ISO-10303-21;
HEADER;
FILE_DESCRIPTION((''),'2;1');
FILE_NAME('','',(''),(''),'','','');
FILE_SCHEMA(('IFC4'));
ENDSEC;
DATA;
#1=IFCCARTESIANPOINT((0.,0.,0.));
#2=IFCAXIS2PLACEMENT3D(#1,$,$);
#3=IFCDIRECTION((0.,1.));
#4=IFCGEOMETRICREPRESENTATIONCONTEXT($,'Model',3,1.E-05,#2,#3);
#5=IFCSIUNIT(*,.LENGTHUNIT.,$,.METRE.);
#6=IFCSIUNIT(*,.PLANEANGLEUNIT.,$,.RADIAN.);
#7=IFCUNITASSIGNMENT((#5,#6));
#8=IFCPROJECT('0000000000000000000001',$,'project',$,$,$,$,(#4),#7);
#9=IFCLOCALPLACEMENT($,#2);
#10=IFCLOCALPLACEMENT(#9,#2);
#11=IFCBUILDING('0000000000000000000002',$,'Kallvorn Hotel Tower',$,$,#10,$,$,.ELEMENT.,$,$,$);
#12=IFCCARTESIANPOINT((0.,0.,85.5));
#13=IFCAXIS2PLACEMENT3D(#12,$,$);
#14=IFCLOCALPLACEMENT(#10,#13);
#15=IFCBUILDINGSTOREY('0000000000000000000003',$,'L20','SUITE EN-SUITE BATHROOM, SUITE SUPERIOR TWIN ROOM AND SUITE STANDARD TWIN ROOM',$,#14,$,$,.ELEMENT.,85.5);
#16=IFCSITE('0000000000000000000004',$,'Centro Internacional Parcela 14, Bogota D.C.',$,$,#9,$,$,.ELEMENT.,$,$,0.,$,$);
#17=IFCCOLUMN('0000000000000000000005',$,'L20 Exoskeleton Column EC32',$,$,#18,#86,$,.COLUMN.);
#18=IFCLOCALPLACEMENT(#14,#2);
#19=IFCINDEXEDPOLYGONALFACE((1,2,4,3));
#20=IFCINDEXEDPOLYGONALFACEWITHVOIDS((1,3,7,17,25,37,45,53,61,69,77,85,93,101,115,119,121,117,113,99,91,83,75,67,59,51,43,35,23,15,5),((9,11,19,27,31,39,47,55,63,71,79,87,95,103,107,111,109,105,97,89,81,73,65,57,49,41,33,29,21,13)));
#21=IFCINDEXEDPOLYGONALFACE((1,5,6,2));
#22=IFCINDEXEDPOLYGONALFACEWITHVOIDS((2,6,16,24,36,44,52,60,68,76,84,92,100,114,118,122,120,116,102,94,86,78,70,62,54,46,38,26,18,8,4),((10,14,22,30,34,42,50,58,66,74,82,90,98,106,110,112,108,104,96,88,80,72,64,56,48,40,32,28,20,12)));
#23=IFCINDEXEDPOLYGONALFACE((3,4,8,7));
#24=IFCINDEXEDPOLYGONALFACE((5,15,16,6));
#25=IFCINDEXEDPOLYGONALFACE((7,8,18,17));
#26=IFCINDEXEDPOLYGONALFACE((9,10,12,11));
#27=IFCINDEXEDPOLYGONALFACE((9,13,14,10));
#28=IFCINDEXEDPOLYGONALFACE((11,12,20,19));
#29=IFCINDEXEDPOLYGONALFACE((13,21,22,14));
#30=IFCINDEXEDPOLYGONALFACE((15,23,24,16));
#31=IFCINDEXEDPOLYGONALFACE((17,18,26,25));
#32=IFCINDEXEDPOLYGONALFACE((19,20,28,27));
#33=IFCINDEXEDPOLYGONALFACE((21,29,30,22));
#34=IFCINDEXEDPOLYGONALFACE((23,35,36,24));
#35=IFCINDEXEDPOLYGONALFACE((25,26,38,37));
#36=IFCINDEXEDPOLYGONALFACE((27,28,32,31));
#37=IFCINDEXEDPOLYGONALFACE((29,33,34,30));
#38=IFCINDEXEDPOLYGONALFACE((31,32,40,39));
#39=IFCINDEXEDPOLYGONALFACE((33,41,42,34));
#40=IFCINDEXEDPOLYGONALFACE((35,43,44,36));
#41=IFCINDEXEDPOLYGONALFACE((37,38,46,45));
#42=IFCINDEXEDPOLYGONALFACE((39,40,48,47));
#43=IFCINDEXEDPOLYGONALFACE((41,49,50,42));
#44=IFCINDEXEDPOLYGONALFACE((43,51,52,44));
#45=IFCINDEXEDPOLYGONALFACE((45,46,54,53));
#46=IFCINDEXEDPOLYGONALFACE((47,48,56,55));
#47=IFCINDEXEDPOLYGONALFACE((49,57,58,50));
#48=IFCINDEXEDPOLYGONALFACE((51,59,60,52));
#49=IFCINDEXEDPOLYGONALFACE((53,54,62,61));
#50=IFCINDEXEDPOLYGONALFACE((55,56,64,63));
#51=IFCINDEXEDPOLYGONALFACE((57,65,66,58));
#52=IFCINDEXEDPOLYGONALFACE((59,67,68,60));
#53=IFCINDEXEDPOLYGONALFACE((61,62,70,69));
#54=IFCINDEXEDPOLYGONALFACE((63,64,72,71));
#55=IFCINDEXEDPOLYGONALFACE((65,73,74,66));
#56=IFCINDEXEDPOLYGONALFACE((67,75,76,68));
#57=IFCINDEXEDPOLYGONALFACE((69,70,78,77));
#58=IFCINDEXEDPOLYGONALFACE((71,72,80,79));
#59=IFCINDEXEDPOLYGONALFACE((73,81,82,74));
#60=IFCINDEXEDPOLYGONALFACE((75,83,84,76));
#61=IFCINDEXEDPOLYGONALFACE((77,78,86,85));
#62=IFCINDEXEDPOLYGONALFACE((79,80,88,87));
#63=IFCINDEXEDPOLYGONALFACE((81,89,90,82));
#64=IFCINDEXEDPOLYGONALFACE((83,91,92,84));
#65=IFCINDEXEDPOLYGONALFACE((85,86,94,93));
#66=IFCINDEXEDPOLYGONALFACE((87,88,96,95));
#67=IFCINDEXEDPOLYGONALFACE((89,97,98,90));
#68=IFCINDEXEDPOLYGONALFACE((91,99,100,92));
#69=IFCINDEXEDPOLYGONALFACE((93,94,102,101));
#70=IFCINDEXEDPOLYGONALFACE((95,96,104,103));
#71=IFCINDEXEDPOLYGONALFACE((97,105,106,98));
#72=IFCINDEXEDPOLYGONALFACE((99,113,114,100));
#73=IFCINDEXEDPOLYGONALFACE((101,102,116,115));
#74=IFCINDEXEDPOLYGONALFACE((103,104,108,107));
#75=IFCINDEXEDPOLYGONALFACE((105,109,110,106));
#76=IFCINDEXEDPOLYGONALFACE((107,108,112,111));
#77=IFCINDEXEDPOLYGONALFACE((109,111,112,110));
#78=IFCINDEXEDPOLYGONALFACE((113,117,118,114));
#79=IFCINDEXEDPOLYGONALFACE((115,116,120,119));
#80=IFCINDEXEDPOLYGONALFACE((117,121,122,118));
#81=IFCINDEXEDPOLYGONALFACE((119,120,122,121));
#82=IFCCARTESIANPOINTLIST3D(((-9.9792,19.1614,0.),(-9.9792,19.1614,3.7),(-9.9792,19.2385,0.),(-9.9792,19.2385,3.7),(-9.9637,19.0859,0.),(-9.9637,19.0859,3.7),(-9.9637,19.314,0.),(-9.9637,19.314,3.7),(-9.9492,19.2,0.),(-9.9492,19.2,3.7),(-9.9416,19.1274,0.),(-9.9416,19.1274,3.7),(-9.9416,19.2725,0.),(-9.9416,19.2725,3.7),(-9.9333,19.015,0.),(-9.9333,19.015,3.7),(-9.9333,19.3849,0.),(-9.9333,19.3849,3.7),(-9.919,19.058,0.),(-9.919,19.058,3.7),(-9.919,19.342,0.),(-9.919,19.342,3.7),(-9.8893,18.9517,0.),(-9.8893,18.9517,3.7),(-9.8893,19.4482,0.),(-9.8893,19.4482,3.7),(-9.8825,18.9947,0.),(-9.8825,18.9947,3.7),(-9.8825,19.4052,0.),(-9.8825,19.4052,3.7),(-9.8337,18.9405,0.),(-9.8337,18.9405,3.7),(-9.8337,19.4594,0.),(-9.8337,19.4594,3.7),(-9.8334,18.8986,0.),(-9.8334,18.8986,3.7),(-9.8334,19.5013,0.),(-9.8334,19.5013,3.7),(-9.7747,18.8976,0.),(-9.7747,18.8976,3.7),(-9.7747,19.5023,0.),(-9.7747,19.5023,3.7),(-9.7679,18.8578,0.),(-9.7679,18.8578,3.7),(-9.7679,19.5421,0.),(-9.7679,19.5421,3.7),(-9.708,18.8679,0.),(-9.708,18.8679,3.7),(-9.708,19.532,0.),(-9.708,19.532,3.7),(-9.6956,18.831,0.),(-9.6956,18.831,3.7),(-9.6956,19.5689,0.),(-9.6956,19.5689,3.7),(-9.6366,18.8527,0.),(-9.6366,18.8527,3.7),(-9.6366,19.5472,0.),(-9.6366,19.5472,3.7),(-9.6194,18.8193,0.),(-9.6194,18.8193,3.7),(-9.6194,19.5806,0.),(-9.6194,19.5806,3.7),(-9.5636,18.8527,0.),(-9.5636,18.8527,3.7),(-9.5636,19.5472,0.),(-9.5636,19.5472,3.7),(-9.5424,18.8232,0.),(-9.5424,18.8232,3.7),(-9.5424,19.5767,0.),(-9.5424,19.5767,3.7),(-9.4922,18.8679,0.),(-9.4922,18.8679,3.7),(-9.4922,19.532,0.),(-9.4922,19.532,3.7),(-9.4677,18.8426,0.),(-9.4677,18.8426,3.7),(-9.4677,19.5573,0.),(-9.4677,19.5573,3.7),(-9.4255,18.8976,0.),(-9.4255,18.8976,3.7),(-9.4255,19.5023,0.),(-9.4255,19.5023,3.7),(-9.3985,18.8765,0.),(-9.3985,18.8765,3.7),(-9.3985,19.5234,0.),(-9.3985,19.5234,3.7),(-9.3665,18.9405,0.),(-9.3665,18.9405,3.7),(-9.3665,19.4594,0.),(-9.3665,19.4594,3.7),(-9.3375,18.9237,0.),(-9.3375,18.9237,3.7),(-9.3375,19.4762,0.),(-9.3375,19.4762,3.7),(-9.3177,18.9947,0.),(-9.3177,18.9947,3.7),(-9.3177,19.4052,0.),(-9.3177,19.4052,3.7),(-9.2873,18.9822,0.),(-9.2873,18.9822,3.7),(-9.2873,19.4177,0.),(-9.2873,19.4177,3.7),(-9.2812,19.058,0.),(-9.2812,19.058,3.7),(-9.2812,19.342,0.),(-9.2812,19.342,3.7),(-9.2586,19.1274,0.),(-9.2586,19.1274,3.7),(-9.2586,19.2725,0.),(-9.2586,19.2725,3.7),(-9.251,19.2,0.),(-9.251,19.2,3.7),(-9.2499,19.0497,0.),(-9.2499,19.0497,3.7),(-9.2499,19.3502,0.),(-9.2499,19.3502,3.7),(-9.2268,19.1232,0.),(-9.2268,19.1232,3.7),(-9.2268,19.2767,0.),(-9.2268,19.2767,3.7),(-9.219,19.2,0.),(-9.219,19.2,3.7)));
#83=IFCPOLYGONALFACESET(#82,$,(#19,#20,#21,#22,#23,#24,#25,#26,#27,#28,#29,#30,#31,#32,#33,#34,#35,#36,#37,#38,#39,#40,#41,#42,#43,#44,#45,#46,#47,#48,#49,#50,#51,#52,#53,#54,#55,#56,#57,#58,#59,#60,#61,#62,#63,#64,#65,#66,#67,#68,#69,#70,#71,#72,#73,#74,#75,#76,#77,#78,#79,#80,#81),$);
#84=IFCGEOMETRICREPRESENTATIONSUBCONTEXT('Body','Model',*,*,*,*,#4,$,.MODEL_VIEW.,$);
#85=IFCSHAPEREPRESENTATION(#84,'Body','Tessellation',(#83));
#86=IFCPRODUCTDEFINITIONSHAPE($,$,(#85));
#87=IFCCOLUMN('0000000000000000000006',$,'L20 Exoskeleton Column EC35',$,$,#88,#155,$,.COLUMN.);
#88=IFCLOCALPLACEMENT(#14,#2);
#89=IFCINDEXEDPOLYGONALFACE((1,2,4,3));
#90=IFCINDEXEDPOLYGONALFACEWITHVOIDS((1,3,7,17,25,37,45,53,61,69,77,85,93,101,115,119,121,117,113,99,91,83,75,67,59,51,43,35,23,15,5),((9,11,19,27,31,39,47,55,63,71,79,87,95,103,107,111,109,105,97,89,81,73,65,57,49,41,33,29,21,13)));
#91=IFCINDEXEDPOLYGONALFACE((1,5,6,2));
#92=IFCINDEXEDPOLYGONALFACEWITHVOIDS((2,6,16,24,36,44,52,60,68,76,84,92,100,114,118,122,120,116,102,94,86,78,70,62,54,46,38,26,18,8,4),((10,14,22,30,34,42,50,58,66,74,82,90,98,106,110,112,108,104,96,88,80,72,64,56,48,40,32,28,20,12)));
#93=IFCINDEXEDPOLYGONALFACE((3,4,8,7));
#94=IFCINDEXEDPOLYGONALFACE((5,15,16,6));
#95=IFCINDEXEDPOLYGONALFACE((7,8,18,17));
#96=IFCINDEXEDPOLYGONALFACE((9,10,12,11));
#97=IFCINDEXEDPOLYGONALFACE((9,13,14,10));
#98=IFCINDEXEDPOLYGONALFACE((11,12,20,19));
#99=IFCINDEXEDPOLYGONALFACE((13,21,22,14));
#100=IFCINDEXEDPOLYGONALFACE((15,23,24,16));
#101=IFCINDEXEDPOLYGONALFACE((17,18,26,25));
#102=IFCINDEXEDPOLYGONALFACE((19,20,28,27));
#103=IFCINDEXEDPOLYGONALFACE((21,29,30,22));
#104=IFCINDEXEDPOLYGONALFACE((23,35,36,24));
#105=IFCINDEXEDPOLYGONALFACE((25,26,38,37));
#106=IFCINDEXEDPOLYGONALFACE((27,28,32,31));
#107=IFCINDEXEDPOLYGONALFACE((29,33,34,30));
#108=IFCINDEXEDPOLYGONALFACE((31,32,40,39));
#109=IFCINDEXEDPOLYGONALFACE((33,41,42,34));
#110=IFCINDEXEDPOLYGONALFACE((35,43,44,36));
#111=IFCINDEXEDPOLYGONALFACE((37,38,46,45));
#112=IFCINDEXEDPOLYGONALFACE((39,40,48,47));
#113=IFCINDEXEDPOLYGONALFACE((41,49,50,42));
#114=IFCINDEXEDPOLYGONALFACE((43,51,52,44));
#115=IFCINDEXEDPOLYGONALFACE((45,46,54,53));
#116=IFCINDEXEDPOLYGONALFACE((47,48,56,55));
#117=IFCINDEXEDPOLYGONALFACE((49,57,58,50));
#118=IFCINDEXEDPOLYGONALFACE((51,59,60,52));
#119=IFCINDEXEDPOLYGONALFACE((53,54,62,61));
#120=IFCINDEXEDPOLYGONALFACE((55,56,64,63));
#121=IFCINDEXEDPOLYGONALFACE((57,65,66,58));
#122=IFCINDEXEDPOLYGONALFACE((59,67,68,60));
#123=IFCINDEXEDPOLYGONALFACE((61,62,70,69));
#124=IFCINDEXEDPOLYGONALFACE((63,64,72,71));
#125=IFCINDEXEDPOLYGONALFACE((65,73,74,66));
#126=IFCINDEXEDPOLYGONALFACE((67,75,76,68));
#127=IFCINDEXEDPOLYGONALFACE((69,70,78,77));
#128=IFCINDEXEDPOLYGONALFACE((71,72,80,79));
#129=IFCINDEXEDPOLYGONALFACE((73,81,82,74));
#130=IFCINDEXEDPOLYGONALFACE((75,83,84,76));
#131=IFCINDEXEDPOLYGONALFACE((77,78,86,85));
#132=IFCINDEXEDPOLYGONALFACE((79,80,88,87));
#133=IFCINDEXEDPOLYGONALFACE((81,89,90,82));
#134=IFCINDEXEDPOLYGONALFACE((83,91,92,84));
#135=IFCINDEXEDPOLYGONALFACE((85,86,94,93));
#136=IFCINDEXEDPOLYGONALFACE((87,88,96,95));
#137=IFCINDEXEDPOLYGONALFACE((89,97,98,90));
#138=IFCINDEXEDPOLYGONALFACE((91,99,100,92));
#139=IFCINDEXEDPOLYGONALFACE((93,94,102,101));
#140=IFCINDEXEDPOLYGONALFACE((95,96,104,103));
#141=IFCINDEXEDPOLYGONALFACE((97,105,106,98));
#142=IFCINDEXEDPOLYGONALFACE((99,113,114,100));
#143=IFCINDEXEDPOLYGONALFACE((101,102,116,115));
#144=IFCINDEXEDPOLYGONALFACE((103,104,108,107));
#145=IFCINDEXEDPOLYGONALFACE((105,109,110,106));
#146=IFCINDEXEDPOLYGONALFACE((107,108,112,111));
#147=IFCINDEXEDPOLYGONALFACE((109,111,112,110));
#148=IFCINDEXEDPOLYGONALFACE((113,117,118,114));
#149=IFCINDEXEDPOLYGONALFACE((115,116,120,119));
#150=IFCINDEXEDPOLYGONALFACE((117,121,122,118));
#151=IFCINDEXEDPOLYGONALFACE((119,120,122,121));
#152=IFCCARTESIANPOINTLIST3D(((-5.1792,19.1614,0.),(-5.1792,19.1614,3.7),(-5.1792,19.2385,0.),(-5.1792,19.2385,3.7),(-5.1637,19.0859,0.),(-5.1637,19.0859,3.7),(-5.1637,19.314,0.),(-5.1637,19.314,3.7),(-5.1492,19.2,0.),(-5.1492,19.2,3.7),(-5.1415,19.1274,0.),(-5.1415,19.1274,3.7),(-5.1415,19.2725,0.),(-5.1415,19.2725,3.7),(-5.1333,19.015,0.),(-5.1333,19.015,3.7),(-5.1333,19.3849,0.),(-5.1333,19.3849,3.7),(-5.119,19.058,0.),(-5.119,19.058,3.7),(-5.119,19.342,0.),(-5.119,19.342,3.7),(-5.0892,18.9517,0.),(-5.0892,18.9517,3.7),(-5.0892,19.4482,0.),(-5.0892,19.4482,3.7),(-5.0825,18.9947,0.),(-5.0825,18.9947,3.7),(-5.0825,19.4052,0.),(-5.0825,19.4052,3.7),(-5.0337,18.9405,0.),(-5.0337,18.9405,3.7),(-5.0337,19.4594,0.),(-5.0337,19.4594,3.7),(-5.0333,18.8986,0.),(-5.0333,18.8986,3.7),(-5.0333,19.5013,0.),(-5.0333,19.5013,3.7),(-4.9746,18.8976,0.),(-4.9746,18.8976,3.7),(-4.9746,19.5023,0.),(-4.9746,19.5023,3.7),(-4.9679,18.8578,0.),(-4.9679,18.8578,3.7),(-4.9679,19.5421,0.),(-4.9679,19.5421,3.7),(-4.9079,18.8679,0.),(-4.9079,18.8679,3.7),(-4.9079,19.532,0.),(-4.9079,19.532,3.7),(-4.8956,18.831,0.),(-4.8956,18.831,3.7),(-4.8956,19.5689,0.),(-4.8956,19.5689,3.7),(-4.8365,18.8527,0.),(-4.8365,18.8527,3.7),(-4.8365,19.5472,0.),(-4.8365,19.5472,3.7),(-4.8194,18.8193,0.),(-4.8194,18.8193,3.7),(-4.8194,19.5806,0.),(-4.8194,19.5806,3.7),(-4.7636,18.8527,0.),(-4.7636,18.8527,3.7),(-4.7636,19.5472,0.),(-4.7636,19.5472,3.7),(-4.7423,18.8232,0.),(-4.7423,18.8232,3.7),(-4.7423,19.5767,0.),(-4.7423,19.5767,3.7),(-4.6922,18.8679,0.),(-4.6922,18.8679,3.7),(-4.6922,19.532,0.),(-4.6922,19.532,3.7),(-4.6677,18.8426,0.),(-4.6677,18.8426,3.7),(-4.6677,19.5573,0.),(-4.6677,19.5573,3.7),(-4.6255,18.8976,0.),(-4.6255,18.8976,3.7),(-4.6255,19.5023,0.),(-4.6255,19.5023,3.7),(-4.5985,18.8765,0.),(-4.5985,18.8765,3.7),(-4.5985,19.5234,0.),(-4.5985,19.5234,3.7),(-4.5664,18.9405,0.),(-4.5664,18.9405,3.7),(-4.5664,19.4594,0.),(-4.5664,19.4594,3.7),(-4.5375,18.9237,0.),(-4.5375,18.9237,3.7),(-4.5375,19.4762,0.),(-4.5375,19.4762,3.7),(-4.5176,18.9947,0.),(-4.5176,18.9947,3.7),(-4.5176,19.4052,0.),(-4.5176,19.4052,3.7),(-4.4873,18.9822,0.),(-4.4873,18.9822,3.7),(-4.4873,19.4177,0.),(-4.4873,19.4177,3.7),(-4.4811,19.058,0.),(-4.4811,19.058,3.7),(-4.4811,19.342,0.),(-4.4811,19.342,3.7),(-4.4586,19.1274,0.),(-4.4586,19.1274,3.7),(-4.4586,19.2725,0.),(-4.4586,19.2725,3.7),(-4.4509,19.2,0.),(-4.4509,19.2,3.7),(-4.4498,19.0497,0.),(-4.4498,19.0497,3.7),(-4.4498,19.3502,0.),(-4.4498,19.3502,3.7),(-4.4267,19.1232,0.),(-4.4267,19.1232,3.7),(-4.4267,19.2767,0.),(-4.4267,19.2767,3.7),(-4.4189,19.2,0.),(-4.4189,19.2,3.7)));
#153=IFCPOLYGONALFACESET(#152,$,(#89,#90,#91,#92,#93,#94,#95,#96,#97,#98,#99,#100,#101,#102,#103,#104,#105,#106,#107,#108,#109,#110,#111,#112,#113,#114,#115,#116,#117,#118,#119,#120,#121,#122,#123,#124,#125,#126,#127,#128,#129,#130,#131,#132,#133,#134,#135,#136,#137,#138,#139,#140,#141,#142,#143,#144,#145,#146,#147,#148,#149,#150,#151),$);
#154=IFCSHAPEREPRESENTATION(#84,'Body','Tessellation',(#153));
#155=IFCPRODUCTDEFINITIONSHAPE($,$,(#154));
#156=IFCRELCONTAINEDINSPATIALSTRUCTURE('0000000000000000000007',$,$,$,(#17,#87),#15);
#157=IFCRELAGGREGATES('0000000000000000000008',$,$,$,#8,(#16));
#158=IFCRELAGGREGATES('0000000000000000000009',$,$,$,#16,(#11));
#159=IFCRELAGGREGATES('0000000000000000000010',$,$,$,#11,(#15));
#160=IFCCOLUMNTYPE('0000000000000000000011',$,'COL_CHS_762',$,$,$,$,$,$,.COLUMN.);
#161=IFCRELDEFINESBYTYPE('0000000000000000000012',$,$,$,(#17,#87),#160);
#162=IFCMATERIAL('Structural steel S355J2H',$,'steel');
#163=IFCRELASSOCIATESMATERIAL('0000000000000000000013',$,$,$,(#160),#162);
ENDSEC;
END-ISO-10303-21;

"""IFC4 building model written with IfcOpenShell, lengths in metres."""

from ifc_helpers import new_model, si_unit, direction, frame, origin, origin_2d, place, context, subcontext, project, spatial, hollow_circle, extrude, material, material_profile, profile_set, type_object, element, save


model = new_model("IFC4")

# Units and contexts
model_context = context("Model", 3, precision=1e-05, world=origin(), true_north=direction((0.0, 1.0)))
body_context = subcontext(model_context, "Body", "Model", "MODEL_VIEW")
ifc_project = project(units=[si_unit("LENGTHUNIT", "METRE"), si_unit("PLANEANGLEUNIT", "RADIAN")], contexts=[model_context])

# Site, building, storey
site_placement = place(None, origin())
site = spatial("IfcSite", under=ifc_project, at=site_placement, Name="Centro Internacional Parcela 14, Bogota D.C.", CompositionType="ELEMENT", RefElevation=0.0)
building_placement = place(site_placement, origin())
building = spatial("IfcBuilding", under=site, at=building_placement, Name="Kallvorn Hotel Tower", CompositionType="ELEMENT")
storey_placement = place(building_placement, frame((0.0, 0.0, 85.5)))
storey = spatial("IfcBuildingStorey", under=building, at=storey_placement, Name="L20", Description="SUITE EN-SUITE BATHROOM, SUITE SUPERIOR TWIN ROOM AND SUITE STANDARD TWIN ROOM", CompositionType="ELEMENT", Elevation=85.5)

# Columns
ifc_material_1 = material(Name="Structural steel S355J2H", Category="steel")
ifc_material_profile_1 = material_profile(ifc_material_1, hollow_circle(Radius=0.3811, WallThickness=0.032, at=origin_2d()), Name="CHS 762x32")
ifc_profile_set_1 = profile_set([ifc_material_profile_1], Name="Structural steel S355J2H")
column_type_1 = type_object("IfcColumnType", Name="COL_CHS_762", PredefinedType="COLUMN", material=ifc_profile_set_1)
for number, where, z_axis, x_axis, name in (
    (1, (-9.6001, 19.2, 0.0), (0.0, 0.0, 1.0), (1.0, 0.0, 0.0), "L20 Exoskeleton Column EC32"),
    (2, (-4.8, 19.2, 0.0), (0.0, 0.0, 1.0), (1.0, 0.0, 0.0), "L20 Exoskeleton Column EC35"),
):
    element("IfcColumn", number, at=place(storey_placement, frame(where, z_axis=z_axis, x_axis=x_axis)), inside=storey, type_object=column_type_1, Name=name, PredefinedType="COLUMN", context=body_context, shape_type="SweptSolid", body=[
        extrude(hollow_circle(Radius=0.3811, WallThickness=0.032, at=origin_2d()), origin(), (0.0, 0.0, 1.0), 3.7),
    ])

save(model, "model.ifc")
